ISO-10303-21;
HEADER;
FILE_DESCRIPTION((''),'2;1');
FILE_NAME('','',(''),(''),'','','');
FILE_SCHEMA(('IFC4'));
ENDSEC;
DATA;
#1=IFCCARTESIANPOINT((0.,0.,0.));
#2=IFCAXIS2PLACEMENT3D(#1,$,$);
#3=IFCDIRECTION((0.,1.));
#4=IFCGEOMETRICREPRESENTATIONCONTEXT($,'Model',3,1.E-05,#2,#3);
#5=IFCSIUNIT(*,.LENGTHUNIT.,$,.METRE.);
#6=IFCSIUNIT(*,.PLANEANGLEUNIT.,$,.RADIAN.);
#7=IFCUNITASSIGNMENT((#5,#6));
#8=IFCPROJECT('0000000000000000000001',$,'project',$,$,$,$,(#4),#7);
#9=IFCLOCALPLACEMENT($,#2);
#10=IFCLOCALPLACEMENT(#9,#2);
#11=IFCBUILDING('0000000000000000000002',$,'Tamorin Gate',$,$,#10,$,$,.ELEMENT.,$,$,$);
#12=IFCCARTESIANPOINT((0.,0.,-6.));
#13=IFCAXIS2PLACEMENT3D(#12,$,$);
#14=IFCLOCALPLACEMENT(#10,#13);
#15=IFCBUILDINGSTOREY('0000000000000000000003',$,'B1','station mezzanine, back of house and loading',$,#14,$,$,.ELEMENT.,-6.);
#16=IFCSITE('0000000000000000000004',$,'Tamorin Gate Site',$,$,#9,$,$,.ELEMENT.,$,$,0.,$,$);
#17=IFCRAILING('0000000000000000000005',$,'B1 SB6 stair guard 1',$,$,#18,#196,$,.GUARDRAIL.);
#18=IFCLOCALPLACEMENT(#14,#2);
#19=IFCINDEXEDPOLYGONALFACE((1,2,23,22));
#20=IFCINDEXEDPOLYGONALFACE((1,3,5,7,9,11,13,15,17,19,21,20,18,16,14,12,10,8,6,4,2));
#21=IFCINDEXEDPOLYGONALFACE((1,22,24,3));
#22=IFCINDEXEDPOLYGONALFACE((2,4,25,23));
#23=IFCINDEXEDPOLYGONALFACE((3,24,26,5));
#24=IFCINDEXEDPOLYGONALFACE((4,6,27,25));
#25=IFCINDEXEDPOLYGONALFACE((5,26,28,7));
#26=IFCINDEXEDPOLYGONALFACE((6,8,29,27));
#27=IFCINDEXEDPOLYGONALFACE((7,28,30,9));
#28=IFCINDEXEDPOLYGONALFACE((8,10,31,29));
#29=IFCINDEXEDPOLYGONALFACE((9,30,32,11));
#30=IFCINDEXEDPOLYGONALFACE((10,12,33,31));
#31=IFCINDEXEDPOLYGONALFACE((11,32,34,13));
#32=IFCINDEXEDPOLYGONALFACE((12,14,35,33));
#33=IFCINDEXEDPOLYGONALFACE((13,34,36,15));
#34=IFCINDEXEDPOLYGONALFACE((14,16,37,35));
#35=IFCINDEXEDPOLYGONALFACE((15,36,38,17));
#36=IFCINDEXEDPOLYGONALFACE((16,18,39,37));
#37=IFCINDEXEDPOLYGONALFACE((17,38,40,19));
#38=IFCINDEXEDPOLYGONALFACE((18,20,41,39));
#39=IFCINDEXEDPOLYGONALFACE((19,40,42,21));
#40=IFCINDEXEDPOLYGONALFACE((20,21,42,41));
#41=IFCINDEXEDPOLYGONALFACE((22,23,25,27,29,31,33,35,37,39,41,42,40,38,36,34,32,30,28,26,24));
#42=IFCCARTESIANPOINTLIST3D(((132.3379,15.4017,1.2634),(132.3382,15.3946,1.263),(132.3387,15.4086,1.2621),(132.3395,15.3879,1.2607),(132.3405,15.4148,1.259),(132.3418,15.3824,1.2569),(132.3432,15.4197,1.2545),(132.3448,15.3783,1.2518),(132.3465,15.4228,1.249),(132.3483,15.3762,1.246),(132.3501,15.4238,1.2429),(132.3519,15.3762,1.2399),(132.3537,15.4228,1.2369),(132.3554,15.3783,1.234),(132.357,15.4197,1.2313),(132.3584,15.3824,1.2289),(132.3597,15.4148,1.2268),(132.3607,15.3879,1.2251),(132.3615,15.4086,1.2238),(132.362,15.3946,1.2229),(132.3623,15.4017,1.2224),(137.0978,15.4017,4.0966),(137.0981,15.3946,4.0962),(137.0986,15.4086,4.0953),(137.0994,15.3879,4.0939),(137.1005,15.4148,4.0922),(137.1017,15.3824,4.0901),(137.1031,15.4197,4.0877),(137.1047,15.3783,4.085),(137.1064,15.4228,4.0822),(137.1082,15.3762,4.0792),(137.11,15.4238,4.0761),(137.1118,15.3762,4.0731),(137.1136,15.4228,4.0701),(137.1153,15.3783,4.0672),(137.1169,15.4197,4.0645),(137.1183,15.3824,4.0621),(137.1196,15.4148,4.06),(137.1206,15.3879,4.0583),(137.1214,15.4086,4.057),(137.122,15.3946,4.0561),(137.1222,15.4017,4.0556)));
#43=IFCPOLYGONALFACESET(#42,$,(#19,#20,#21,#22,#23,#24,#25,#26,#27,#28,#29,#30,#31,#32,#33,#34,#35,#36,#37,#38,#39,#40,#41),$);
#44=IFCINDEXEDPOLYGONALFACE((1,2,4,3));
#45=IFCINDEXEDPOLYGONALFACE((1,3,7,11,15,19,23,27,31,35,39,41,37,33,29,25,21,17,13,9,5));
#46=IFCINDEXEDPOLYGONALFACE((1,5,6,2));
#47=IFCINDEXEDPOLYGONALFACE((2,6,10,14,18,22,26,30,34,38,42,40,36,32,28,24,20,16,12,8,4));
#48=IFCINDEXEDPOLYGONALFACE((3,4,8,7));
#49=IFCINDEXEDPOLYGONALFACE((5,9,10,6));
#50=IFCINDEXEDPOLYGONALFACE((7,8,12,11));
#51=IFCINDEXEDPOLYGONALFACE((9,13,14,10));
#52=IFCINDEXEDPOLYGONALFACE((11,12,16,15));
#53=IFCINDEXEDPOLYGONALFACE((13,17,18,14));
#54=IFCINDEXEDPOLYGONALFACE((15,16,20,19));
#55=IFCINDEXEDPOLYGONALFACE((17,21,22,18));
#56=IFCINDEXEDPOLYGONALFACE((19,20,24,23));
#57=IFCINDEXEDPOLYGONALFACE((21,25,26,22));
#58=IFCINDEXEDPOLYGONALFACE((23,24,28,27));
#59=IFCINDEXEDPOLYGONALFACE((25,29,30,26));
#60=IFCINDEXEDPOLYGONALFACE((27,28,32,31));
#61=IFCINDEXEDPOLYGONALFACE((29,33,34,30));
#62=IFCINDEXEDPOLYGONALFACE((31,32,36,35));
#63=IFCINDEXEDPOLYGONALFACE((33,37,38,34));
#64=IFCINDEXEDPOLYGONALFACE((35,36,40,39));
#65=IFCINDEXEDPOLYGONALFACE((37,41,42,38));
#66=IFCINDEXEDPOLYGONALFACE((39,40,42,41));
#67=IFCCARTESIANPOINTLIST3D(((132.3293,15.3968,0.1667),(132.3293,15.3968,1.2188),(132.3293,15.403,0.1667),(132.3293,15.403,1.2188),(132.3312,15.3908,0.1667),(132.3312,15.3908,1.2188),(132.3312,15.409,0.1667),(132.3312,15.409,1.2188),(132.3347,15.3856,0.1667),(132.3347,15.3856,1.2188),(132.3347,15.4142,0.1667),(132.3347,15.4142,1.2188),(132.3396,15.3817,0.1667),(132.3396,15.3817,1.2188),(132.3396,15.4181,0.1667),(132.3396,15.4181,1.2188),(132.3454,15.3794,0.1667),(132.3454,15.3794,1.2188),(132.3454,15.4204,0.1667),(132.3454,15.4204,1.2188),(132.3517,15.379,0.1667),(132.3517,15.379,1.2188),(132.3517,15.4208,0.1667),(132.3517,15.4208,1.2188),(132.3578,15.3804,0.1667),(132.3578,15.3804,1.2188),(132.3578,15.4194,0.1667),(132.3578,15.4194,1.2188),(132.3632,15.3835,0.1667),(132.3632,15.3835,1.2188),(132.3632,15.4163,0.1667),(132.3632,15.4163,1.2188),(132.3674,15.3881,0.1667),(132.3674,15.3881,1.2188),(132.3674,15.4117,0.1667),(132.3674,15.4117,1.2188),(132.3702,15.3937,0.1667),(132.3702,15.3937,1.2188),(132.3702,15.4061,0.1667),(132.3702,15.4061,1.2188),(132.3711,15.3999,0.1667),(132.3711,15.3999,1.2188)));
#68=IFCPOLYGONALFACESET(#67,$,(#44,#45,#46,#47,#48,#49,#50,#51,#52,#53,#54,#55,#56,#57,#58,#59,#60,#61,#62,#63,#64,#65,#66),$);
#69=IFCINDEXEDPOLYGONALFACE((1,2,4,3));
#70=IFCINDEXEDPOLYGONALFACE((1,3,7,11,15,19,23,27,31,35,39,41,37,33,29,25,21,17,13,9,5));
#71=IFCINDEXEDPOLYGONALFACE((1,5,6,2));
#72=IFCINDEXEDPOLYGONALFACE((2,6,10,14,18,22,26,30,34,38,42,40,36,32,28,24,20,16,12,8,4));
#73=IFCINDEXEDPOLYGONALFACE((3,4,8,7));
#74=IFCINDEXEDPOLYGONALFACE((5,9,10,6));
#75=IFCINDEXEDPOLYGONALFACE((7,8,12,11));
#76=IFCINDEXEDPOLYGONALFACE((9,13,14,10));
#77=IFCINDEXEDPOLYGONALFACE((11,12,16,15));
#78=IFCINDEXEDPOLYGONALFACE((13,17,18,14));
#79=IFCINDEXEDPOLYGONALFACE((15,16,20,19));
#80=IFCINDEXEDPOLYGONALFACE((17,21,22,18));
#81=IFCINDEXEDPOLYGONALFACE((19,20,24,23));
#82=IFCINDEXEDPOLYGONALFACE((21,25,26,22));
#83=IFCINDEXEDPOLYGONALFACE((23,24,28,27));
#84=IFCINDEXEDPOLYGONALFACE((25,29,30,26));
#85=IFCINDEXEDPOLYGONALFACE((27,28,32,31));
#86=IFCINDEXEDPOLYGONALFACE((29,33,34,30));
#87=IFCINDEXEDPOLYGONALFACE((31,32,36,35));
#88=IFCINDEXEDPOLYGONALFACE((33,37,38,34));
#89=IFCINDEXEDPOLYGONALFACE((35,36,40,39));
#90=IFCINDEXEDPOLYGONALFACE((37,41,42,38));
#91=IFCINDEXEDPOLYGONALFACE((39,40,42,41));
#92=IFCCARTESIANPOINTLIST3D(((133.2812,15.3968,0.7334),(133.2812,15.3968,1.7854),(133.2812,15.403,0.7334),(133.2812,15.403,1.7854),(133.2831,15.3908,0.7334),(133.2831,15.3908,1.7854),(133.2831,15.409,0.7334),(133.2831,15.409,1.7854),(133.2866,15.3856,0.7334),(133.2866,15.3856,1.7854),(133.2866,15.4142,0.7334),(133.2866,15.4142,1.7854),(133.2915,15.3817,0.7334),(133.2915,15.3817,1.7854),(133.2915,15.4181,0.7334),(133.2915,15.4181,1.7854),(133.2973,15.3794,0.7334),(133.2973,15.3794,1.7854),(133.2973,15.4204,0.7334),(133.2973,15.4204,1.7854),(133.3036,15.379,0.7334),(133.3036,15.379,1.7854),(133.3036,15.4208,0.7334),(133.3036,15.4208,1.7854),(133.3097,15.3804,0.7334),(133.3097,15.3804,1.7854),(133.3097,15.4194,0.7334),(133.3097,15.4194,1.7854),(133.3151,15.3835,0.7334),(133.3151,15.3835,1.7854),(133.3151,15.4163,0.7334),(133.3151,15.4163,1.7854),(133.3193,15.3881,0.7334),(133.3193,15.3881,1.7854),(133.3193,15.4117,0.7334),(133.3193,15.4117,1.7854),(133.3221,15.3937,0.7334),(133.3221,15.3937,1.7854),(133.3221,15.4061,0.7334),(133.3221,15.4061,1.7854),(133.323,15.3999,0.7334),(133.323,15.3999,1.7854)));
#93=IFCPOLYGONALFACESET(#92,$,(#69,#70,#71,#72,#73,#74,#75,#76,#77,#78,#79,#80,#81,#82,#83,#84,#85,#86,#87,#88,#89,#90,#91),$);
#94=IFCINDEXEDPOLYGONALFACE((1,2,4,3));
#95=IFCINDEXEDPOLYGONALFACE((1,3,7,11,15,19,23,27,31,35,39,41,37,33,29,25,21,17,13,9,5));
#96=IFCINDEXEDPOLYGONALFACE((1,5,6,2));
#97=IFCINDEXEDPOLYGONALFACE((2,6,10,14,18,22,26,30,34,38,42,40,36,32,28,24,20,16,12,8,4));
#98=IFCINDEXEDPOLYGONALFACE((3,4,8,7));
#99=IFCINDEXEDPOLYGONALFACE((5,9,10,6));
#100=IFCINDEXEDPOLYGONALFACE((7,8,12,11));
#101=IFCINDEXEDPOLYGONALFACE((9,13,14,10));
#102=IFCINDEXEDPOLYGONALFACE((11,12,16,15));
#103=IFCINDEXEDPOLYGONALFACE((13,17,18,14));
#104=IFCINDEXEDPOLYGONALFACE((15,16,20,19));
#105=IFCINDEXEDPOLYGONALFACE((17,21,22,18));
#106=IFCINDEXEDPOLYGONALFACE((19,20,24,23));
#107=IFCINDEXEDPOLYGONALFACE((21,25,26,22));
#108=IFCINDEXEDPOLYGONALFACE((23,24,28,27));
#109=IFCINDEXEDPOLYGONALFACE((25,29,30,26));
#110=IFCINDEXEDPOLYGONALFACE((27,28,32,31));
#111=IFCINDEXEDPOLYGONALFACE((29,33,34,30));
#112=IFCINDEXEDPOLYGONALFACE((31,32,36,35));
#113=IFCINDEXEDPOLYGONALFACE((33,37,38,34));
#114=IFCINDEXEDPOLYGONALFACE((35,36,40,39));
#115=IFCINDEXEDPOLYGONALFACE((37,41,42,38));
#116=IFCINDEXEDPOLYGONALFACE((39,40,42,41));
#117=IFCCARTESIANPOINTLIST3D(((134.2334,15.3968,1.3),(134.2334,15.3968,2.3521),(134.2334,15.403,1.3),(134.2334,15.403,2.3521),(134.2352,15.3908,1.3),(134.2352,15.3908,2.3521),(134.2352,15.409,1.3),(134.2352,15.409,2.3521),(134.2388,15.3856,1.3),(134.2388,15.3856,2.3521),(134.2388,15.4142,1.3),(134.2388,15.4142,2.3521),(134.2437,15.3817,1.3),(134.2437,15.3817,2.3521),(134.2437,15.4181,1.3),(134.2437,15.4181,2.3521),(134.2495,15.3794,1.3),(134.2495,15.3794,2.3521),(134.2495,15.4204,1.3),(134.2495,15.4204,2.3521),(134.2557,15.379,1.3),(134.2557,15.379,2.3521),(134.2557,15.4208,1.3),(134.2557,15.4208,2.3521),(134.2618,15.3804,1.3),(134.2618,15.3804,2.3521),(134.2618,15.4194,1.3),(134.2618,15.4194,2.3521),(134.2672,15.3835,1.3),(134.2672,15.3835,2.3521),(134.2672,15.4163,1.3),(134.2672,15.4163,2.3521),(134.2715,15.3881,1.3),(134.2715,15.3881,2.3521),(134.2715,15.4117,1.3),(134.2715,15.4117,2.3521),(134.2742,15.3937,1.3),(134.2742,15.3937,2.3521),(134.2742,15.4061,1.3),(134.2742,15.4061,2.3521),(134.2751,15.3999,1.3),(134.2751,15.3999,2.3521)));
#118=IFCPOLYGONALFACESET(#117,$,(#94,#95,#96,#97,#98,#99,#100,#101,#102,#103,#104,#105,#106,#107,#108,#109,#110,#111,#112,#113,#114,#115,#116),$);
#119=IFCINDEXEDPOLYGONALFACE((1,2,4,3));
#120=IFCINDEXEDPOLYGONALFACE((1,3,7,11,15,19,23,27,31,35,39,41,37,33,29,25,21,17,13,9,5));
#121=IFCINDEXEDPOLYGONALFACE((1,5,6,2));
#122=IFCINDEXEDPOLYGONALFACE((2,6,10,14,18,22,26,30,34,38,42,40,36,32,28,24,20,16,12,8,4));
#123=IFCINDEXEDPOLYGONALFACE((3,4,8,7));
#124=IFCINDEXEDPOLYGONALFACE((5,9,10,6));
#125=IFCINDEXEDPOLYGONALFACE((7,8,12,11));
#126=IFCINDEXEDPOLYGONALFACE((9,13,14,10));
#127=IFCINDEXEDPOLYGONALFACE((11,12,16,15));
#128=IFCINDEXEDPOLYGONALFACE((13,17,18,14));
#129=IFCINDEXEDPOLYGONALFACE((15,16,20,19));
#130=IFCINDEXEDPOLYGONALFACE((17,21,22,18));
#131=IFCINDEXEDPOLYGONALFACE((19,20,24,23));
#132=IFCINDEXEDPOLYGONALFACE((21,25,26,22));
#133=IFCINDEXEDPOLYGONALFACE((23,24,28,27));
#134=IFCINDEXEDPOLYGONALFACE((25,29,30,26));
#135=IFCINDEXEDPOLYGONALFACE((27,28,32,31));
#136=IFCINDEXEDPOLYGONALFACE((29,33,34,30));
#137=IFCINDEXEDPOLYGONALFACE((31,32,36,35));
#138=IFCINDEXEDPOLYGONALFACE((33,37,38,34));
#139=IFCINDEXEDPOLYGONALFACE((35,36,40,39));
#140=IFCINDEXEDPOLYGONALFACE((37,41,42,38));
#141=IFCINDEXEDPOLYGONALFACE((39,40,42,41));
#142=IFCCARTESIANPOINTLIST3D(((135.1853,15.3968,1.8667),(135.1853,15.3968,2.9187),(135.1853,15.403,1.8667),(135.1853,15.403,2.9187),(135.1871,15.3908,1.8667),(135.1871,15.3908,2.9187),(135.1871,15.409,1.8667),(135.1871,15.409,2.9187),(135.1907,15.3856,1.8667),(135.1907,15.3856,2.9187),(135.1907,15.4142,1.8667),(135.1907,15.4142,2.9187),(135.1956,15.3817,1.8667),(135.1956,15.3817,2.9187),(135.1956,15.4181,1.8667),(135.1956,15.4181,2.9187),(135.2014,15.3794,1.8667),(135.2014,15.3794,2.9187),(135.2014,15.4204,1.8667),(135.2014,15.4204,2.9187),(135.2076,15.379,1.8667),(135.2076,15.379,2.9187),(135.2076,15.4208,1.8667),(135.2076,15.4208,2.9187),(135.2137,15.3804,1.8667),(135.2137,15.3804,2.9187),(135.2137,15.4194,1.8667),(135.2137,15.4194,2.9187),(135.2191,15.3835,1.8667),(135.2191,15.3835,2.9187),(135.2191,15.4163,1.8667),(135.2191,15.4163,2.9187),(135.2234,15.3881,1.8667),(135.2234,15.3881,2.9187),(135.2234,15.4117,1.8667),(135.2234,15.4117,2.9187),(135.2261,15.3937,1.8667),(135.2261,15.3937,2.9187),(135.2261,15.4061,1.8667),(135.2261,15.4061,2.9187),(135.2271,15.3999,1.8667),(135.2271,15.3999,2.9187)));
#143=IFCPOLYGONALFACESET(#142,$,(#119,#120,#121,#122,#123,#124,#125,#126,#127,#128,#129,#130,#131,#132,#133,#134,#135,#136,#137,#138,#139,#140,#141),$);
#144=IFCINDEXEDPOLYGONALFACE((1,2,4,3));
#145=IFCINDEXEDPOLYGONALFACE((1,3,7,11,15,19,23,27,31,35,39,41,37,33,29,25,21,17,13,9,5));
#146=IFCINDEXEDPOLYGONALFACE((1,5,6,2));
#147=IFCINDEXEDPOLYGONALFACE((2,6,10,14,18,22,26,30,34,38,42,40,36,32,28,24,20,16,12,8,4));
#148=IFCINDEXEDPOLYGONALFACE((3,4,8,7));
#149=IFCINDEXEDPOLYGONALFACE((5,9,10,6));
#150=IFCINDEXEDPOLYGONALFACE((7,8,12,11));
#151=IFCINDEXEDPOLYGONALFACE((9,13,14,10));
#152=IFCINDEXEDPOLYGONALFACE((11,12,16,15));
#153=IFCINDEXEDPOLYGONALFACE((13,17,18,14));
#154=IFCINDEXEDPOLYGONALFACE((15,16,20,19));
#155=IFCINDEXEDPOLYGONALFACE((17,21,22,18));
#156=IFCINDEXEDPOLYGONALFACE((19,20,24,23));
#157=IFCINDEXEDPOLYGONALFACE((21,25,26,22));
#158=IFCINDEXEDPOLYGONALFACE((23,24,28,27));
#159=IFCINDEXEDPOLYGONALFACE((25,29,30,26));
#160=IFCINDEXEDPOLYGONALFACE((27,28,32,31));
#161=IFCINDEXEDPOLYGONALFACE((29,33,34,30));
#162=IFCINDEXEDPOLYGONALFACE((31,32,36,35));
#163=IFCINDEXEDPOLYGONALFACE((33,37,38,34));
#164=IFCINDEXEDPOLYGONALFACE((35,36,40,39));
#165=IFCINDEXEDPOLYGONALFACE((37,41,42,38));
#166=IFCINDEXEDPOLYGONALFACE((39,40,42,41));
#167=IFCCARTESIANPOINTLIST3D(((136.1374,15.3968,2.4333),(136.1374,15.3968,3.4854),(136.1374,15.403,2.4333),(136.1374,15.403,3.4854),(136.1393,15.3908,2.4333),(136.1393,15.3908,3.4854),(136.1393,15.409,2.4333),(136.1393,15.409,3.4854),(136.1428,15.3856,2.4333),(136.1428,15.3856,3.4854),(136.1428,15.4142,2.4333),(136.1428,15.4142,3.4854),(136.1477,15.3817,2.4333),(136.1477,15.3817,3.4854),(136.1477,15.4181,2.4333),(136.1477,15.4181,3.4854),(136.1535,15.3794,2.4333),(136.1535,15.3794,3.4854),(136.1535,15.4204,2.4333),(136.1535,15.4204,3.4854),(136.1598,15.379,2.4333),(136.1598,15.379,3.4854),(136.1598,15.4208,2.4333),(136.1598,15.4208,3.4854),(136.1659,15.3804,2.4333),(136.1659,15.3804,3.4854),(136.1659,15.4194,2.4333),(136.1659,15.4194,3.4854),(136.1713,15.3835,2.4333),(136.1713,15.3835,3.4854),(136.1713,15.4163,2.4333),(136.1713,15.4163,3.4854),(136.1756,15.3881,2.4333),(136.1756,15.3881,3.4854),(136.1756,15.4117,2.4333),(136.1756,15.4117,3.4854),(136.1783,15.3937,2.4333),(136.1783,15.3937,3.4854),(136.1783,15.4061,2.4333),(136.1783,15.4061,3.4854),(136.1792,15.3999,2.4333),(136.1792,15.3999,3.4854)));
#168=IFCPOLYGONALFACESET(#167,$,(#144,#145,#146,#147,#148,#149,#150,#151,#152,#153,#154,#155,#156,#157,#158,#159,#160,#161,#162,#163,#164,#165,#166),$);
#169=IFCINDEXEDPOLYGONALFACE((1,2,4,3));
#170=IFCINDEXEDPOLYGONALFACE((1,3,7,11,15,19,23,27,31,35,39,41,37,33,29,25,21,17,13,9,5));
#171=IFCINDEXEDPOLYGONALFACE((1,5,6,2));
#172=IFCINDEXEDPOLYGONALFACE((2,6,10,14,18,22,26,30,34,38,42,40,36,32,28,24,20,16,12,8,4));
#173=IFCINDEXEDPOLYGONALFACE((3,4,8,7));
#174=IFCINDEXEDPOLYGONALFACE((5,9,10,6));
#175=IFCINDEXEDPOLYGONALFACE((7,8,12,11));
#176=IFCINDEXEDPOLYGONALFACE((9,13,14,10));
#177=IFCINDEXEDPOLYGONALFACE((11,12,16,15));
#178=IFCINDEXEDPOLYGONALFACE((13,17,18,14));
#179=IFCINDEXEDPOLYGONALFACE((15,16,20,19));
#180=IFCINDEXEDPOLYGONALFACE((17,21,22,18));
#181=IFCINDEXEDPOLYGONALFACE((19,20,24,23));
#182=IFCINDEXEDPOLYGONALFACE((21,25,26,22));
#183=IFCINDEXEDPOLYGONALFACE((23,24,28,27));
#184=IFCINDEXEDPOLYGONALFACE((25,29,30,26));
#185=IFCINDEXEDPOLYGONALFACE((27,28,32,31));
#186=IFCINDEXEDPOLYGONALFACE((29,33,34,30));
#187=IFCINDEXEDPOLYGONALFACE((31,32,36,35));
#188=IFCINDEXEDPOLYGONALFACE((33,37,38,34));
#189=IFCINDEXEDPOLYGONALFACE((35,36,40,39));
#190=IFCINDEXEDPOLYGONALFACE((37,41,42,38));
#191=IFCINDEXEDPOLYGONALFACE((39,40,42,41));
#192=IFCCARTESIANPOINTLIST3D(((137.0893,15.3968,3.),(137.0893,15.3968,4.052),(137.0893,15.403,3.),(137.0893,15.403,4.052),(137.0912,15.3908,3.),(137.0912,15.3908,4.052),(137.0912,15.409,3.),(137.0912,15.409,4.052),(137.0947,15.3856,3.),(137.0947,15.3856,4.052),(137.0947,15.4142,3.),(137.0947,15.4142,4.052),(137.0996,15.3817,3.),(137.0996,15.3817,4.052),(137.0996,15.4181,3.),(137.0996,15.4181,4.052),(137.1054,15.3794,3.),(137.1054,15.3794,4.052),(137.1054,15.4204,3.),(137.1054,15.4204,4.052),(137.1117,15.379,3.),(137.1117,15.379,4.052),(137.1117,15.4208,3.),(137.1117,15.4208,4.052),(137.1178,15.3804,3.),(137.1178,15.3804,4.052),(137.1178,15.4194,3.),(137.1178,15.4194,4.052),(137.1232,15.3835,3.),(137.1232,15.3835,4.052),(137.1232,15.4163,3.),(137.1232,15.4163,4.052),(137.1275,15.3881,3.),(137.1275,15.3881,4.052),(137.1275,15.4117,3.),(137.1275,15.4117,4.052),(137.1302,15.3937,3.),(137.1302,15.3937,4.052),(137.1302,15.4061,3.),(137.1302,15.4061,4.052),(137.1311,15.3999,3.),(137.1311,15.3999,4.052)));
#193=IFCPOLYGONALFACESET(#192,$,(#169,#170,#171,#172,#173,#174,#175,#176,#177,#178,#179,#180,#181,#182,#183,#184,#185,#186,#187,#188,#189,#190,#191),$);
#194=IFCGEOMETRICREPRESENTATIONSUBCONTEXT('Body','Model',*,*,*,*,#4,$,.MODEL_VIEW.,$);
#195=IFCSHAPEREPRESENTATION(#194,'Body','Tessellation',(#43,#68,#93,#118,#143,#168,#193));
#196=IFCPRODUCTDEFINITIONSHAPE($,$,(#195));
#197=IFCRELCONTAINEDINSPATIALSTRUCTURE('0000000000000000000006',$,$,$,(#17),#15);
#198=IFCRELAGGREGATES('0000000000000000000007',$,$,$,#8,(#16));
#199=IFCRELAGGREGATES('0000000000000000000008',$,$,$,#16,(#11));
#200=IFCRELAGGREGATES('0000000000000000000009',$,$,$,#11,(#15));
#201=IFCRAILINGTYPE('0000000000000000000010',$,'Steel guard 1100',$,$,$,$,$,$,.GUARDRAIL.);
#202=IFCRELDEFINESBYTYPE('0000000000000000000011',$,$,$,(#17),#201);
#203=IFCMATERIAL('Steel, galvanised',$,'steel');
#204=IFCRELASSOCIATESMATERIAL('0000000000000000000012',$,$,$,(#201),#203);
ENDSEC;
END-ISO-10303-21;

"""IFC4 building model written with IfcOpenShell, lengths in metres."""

from ifc_helpers import new_model, si_unit, direction, frame, origin, origin_2d, place, context, subcontext, project, spatial, circle, extrude, material, type_object, element, save


model = new_model("IFC4")

# Units and contexts
model_context = context("Model", 3, precision=1e-05, world=origin(), true_north=direction((0.0, 1.0)))
body_context = subcontext(model_context, "Body", "Model", "MODEL_VIEW")
ifc_project = project(units=[si_unit("LENGTHUNIT", "METRE"), si_unit("PLANEANGLEUNIT", "RADIAN")], contexts=[model_context])

# Site, building, storey
site_placement = place(None, origin())
site = spatial("IfcSite", under=ifc_project, at=site_placement, Name="Tamorin Gate Site", CompositionType="ELEMENT", RefElevation=0.0)
building_placement = place(site_placement, origin())
building = spatial("IfcBuilding", under=site, at=building_placement, Name="Tamorin Gate", CompositionType="ELEMENT")
storey_placement = place(building_placement, frame((0.0, 0.0, -6.0)))
storey = spatial("IfcBuildingStorey", under=building, at=storey_placement, Name="B1", Description="station mezzanine, back of house and loading", CompositionType="ELEMENT", Elevation=-6.0)

# Railing
ifc_material_1 = material(Name="Steel, galvanised", Category="steel")
railing_type_1 = type_object("IfcRailingType", Name="Steel guard 1100", PredefinedType="GUARDRAIL", material=ifc_material_1)
railing_1_placement = place(storey_placement, frame((132.3501, 15.3999, 0.1667)))
element("IfcRailing", 1, at=railing_1_placement, inside=storey, type_object=railing_type_1, Name="B1 SB6 stair guard 1", PredefinedType="GUARDRAIL", context=body_context, shape_type="SweptSolid", body=[
    extrude(circle(Radius=0.0239, at=origin_2d()), frame((0.0, 0.0, 1.0762), z_axis=(0.8593, 0.0, 0.511472), x_axis=(0.0, 1.0, 0.0)), (0.0, 0.0, 1.0), 5.5393),
    extrude(circle(Radius=0.021, at=origin_2d()), origin(), (0.0, 0.0, 1.0), 1.052),
    extrude(circle(Radius=0.021, at=origin_2d()), frame((0.9519, 0.0, 0.5667)), (0.0, 0.0, 1.0), 1.052),
    extrude(circle(Radius=0.021, at=origin_2d()), frame((1.9041, 0.0, 1.1333)), (0.0, 0.0, 1.0), 1.052),
    extrude(circle(Radius=0.021, at=origin_2d()), frame((2.856, 0.0, 1.7)), (0.0, 0.0, 1.0), 1.052),
    extrude(circle(Radius=0.021, at=origin_2d()), frame((3.8081, 0.0, 2.2666)), (0.0, 0.0, 1.0), 1.052),
    extrude(circle(Radius=0.021, at=origin_2d()), frame((4.76, 0.0, 2.8333)), (0.0, 0.0, 1.0), 1.052),
])

save(model, "model.ifc")
